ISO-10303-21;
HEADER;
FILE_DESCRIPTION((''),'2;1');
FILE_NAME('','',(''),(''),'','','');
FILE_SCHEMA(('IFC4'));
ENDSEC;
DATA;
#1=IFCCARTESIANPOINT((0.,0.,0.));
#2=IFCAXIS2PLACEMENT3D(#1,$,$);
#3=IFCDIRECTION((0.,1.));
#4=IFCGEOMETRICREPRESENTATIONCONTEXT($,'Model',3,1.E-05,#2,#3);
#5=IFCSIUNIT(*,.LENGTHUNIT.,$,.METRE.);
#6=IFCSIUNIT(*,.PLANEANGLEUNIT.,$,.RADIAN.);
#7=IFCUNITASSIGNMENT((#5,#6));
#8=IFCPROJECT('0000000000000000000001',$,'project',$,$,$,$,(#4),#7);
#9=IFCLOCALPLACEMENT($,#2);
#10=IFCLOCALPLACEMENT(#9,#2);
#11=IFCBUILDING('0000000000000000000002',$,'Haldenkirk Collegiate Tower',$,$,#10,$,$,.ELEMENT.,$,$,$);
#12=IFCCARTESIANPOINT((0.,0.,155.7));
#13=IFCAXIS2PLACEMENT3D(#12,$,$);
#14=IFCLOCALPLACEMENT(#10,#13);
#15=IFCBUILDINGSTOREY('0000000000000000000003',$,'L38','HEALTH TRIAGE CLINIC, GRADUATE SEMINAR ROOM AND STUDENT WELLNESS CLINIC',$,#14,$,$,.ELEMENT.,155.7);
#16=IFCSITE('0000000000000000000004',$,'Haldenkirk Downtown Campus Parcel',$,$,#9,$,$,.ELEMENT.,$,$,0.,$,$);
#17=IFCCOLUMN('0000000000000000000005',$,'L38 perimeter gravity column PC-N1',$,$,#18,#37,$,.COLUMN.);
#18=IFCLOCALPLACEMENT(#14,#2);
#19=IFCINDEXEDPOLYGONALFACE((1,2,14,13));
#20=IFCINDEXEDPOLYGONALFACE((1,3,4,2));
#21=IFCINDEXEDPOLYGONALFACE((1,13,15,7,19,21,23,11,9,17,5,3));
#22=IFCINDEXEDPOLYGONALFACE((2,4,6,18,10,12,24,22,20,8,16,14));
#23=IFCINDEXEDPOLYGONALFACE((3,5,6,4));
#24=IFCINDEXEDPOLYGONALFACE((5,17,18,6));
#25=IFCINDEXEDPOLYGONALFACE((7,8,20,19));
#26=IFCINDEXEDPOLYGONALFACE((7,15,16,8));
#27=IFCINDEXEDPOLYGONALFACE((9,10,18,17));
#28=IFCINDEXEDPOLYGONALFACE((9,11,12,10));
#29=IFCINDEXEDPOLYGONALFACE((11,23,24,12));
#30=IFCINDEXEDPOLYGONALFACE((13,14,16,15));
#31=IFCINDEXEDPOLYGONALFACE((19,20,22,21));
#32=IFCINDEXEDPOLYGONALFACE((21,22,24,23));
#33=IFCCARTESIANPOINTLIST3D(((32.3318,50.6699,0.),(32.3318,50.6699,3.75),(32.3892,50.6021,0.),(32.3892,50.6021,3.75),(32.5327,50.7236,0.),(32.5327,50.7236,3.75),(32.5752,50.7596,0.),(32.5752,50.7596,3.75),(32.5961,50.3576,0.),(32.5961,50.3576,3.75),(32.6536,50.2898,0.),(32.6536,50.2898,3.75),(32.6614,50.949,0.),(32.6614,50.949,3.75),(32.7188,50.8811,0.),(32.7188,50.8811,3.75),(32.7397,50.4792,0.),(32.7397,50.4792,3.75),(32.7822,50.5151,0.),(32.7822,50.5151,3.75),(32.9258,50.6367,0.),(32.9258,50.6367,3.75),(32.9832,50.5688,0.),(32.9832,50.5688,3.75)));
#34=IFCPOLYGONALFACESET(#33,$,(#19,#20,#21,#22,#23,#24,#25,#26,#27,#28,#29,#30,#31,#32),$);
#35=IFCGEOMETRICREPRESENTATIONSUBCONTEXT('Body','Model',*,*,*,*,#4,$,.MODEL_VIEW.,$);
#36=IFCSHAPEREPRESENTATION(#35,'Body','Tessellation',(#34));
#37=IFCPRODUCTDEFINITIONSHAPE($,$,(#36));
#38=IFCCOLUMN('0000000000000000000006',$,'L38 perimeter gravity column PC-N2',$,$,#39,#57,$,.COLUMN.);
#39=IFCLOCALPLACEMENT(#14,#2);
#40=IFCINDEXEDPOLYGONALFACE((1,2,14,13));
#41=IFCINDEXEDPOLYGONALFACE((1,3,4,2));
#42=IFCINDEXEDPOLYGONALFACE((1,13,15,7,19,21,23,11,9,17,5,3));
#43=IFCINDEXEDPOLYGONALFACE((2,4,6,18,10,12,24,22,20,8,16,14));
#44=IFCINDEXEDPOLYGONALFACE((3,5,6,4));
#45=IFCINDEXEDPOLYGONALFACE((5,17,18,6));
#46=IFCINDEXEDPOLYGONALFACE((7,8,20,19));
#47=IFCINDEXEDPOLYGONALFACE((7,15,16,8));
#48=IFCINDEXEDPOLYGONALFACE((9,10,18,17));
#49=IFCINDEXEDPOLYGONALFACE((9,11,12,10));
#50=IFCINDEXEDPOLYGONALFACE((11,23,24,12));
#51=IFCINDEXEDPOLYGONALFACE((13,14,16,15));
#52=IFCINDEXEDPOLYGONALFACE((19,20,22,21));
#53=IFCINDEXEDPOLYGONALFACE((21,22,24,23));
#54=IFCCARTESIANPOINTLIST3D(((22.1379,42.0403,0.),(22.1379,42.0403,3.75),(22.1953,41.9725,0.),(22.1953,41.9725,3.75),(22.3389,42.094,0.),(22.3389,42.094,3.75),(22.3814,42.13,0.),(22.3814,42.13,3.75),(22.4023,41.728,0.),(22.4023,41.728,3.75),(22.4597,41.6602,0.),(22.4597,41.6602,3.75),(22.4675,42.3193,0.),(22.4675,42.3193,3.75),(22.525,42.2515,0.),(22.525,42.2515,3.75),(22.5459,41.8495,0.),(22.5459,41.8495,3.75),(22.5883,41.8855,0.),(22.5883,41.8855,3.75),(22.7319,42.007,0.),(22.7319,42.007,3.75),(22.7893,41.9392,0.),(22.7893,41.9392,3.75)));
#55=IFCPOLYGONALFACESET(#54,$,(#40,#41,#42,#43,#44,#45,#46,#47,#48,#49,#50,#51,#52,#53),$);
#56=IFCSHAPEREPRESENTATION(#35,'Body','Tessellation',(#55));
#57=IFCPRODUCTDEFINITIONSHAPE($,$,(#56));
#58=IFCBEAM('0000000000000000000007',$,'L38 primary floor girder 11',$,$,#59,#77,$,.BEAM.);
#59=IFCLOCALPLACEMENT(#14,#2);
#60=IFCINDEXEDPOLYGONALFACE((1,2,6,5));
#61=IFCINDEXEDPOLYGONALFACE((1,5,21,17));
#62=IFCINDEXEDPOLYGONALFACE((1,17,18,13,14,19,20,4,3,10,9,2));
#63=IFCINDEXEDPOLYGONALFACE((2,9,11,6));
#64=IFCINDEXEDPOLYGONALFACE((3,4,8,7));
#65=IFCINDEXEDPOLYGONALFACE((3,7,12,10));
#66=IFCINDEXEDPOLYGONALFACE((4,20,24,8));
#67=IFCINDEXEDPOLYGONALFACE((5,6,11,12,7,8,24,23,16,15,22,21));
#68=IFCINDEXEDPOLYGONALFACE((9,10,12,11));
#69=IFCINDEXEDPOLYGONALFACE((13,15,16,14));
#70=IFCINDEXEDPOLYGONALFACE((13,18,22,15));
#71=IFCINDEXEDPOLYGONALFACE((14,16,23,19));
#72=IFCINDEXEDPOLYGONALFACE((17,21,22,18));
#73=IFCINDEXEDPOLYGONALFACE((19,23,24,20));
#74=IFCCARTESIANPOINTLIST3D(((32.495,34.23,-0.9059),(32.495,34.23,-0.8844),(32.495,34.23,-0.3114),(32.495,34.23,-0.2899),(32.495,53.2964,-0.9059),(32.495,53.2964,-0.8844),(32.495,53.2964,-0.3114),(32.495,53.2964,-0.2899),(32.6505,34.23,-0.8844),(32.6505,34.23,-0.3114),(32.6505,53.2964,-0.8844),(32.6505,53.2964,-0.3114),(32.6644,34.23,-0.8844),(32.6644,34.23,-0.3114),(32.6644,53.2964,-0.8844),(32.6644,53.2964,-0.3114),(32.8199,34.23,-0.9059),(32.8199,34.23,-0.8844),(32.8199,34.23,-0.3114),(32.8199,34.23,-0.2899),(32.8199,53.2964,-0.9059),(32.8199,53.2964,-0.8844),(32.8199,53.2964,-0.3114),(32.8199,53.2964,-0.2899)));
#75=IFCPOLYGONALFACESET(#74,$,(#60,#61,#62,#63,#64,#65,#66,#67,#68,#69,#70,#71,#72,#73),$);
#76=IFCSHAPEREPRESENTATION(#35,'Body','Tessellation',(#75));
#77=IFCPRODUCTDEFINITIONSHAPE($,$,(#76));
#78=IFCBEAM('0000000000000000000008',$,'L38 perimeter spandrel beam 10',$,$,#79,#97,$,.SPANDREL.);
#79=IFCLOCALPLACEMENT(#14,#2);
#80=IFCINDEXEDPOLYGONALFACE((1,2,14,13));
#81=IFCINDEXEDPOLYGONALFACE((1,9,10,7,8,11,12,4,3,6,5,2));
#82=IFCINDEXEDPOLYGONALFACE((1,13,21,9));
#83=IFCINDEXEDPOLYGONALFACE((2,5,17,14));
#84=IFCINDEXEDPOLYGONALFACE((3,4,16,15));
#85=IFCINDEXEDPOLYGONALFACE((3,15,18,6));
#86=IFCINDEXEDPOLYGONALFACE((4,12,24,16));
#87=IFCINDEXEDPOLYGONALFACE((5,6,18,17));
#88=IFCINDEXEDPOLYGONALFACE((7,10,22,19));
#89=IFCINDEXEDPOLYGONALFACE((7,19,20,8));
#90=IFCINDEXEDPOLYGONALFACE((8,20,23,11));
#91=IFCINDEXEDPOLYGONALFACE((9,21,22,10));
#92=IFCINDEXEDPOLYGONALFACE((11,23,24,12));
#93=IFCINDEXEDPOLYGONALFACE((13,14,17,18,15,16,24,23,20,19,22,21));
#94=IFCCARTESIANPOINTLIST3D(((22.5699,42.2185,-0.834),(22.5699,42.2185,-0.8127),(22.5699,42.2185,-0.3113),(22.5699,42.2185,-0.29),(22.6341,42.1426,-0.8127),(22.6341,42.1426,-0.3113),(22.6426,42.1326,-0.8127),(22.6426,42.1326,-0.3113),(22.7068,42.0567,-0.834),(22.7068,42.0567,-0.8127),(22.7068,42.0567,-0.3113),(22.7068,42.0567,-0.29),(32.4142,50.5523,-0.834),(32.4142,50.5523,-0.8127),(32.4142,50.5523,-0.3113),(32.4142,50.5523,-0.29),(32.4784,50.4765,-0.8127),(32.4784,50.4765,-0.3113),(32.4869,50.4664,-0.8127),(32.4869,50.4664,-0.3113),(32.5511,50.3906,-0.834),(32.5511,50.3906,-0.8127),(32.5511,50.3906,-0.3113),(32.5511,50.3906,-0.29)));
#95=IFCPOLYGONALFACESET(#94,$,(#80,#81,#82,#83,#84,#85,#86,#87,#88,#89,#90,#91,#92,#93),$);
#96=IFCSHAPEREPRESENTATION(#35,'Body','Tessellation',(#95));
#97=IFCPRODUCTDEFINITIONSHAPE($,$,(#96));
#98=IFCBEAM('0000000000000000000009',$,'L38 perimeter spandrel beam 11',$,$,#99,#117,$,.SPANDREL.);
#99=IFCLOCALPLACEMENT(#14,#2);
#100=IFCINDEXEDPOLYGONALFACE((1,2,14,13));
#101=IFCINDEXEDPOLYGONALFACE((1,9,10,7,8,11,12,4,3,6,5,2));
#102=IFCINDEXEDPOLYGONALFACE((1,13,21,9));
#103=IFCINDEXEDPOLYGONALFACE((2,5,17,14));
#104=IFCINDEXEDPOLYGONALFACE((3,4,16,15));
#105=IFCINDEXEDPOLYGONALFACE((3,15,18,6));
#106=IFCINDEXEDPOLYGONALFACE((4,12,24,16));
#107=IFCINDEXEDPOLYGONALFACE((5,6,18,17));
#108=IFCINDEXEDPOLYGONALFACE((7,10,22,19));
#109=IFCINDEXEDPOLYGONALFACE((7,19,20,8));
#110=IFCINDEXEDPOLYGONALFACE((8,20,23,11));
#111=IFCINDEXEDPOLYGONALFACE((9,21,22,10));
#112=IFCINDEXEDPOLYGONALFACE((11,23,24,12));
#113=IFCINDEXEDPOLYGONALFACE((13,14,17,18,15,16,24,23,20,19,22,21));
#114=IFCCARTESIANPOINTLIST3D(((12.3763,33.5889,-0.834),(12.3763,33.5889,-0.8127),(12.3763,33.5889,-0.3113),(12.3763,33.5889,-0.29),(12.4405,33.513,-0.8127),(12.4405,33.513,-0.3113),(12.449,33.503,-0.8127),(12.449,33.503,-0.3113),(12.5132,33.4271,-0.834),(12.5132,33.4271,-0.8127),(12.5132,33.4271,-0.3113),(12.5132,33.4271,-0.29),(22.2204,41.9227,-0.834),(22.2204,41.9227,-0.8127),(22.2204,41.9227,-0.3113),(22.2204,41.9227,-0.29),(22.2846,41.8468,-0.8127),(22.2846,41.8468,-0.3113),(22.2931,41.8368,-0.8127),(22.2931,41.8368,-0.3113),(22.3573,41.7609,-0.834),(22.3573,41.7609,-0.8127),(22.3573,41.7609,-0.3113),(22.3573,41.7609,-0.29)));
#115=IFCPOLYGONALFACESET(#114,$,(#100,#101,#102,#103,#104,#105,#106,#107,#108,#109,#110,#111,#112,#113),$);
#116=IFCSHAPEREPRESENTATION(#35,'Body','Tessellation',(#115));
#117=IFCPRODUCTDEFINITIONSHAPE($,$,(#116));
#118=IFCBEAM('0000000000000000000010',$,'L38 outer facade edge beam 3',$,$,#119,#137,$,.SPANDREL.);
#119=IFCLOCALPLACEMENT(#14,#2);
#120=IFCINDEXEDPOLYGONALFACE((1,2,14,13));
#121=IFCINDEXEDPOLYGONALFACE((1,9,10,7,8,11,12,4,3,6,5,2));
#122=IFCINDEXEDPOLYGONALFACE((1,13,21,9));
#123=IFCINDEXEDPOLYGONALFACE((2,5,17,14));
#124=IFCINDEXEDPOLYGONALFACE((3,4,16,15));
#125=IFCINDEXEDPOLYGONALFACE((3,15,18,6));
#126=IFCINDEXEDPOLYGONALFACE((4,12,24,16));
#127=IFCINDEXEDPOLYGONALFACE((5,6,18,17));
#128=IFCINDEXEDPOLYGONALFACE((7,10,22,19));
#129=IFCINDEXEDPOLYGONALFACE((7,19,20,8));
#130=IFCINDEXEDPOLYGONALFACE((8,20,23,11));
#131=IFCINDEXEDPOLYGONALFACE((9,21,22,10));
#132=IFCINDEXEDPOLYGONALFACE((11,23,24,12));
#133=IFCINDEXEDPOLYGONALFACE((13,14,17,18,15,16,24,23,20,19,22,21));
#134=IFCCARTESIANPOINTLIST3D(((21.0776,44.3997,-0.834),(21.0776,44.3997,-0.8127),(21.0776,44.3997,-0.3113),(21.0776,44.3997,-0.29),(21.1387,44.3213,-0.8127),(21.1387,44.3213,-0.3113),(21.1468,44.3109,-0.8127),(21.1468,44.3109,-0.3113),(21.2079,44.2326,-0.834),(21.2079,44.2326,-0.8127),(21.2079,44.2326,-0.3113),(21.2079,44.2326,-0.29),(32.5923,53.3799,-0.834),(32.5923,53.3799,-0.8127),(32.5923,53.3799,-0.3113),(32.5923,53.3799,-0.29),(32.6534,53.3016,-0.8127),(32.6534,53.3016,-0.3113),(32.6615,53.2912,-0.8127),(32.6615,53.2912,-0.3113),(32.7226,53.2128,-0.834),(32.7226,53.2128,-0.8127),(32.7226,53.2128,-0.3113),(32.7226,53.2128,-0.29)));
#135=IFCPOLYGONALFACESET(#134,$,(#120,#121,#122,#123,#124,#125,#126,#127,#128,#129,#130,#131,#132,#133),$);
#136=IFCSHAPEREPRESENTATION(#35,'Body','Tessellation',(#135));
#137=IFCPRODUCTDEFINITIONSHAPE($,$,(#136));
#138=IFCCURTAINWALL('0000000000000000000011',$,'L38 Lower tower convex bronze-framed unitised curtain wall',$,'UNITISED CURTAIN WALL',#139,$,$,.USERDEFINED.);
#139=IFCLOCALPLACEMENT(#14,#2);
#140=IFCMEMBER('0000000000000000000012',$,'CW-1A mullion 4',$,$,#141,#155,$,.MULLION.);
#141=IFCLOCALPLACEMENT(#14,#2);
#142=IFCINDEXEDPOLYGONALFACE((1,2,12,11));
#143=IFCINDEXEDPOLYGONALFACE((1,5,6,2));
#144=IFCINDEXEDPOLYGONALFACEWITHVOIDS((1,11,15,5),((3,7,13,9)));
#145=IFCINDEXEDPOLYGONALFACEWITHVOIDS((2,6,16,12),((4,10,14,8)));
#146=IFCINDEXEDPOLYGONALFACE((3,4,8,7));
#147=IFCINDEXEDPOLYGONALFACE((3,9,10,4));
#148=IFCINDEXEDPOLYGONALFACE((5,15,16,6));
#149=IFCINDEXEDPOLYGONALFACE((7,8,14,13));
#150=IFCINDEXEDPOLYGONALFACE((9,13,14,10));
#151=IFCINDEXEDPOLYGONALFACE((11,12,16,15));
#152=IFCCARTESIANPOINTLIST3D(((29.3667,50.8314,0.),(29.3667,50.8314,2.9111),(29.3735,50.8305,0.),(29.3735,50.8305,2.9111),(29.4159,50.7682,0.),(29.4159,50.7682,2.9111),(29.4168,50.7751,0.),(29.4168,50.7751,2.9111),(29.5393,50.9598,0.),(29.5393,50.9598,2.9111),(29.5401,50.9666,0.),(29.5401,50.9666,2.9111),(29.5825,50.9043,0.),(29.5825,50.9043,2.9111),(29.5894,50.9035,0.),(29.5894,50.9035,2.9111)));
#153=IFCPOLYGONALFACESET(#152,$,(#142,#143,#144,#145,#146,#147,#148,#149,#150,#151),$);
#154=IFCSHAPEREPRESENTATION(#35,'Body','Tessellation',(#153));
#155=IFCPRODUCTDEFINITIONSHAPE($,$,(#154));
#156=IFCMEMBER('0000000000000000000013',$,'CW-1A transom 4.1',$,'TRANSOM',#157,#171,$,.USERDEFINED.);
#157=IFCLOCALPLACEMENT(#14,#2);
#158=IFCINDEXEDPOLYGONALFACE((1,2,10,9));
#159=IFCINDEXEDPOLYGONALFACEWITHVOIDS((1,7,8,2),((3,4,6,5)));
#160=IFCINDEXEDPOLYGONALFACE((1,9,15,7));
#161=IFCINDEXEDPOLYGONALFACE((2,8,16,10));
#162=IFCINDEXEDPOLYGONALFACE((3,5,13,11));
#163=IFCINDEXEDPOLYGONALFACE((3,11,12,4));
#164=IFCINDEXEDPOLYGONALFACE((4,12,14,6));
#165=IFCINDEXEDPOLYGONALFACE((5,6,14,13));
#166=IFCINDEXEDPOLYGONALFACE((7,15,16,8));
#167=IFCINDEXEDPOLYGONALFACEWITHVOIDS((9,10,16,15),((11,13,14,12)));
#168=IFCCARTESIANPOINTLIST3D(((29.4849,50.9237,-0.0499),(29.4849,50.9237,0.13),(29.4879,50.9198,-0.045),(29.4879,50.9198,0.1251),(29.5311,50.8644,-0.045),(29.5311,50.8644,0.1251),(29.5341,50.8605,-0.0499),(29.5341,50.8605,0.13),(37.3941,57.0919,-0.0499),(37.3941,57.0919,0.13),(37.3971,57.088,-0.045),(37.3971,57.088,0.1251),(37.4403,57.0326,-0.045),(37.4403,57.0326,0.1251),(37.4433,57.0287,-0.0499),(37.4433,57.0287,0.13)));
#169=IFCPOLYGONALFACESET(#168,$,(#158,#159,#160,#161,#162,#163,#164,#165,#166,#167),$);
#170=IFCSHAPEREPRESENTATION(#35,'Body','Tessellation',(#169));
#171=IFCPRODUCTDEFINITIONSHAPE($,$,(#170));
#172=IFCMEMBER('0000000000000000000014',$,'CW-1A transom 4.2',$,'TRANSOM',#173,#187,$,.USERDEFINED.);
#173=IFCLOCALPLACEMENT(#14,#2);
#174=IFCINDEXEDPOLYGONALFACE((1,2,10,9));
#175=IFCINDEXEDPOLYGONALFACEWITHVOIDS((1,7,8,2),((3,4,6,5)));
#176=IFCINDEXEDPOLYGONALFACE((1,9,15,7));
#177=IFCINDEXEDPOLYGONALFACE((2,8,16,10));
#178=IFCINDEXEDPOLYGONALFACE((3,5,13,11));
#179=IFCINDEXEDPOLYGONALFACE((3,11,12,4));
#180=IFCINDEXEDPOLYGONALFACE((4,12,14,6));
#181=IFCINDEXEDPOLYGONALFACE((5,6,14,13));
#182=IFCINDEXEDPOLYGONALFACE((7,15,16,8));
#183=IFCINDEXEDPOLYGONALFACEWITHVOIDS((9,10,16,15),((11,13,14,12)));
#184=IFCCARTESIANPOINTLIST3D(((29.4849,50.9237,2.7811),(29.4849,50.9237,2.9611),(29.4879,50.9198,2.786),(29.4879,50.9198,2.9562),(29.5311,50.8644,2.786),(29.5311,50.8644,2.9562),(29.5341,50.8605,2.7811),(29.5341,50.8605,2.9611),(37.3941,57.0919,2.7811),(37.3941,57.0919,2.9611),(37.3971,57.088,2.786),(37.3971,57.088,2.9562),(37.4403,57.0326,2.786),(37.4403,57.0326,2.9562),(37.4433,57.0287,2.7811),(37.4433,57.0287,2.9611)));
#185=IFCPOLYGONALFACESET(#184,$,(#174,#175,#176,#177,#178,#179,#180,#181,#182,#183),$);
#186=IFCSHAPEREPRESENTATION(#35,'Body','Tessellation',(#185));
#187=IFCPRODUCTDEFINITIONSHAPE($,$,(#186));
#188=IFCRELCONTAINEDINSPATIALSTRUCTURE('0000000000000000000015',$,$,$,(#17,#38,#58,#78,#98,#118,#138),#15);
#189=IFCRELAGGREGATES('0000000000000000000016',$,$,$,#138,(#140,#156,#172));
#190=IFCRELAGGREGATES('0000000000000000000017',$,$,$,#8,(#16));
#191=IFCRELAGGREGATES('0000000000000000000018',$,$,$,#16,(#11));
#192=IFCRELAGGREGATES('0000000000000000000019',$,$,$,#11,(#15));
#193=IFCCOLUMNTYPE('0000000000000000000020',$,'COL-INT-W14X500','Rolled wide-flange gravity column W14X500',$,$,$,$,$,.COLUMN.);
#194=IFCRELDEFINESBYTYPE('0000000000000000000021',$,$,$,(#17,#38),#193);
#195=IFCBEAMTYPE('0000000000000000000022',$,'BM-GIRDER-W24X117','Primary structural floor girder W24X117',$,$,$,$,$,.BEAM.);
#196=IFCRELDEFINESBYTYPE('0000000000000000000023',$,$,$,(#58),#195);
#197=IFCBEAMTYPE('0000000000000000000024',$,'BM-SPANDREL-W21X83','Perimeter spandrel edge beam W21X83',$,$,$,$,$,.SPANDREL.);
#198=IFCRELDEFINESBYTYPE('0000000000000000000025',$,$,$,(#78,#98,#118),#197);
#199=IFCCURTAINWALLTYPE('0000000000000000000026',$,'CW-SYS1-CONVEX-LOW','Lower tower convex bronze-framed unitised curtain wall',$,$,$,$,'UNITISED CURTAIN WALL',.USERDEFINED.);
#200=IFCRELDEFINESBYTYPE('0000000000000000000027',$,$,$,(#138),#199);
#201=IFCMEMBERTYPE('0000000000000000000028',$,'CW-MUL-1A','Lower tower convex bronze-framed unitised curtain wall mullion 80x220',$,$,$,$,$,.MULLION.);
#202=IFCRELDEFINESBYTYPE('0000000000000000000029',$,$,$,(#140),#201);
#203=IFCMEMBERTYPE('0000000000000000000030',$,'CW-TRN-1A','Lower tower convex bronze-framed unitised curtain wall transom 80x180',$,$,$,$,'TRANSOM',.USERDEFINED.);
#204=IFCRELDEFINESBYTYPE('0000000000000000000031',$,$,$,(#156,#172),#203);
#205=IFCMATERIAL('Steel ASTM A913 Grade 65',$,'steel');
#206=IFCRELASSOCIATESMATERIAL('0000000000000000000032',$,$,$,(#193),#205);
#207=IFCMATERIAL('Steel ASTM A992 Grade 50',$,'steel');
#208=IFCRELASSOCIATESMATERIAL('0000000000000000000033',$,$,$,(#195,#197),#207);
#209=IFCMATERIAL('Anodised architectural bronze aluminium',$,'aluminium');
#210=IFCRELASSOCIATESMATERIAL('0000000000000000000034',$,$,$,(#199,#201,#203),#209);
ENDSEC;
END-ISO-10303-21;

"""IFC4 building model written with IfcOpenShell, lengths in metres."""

from ifc_helpers import new_model, si_unit, direction, frame, origin, origin_2d, place, context, subcontext, project, spatial, hollow_rectangle, i_section, extrude, material, material_profile, profile_set, type_object, element, aggregate, save


model = new_model("IFC4")

# Units and contexts
model_context = context("Model", 3, precision=1e-05, world=origin(), true_north=direction((0.0, 1.0)))
body_context = subcontext(model_context, "Body", "Model", "MODEL_VIEW")
ifc_project = project(units=[si_unit("LENGTHUNIT", "METRE"), si_unit("PLANEANGLEUNIT", "RADIAN")], contexts=[model_context])

# Site, building, storey
site_placement = place(None, origin())
site = spatial("IfcSite", under=ifc_project, at=site_placement, Name="Haldenkirk Downtown Campus Parcel", CompositionType="ELEMENT", RefElevation=0.0)
building_placement = place(site_placement, origin())
building = spatial("IfcBuilding", under=site, at=building_placement, Name="Haldenkirk Collegiate Tower", CompositionType="ELEMENT")
storey_placement = place(building_placement, frame((0.0, 0.0, 155.7)))
storey = spatial("IfcBuildingStorey", under=building, at=storey_placement, Name="L38", Description="HEALTH TRIAGE CLINIC, GRADUATE SEMINAR ROOM AND STUDENT WELLNESS CLINIC", CompositionType="ELEMENT", Elevation=155.7)

# Columns
ifc_material_1 = material(Name="Steel ASTM A913 Grade 65", Category="steel")
ifc_material_profile_1 = material_profile(ifc_material_1, i_section(OverallWidth=0.4319, OverallDepth=0.498, WebThickness=0.0557, FlangeThickness=0.0889, at=origin_2d()), Name="W14X500")
ifc_profile_set_1 = profile_set([ifc_material_profile_1], Name="Steel ASTM A913 Grade 65")
column_type = type_object("IfcColumnType", Name="COL-INT-W14X500", Description="Rolled wide-flange gravity column W14X500", PredefinedType="COLUMN", material=ifc_profile_set_1)
for number, where, z_axis, x_axis, name in (
    (1, (32.6575, 50.6194, 0.0), (0.0, 0.0, 1.0), (0.763232, 0.646124, 0.0), "L38 perimeter gravity column PC-N1"),
    (2, (22.4636, 41.9897, 0.0), (0.0, 0.0, 1.0), (0.763232, 0.646124, 0.0), "L38 perimeter gravity column PC-N2"),
):
    element("IfcColumn", number, at=place(storey_placement, frame(where, z_axis=z_axis, x_axis=x_axis)), inside=storey, type_object=column_type, Name=name, PredefinedType="COLUMN", context=body_context, shape_type="SweptSolid", body=[
        extrude(i_section(OverallWidth=0.4319, OverallDepth=0.498, WebThickness=0.0557, FlangeThickness=0.0889, at=origin_2d()), origin(), (0.0, 0.0, 1.0), 3.75),
    ])

# Beams
ifc_material_2 = material(Name="Steel ASTM A992 Grade 50", Category="steel")
ifc_material_profile_2 = material_profile(ifc_material_2, i_section(OverallWidth=0.325, OverallDepth=0.616, WebThickness=0.0139, FlangeThickness=0.0215, at=origin_2d()), Name="W24X117")
ifc_profile_set_2 = profile_set([ifc_material_profile_2], Name="Steel ASTM A992 Grade 50")
beam_type_1 = type_object("IfcBeamType", Name="BM-GIRDER-W24X117", Description="Primary structural floor girder W24X117", PredefinedType="BEAM", material=ifc_profile_set_2)
beam_1_placement = place(storey_placement, frame((32.6575, 53.2964, -0.5979), z_axis=(0.0, -1.0, 0.0), x_axis=(1.0, 0.0, 0.0)))
element("IfcBeam", 3, at=beam_1_placement, inside=storey, type_object=beam_type_1, Name="L38 primary floor girder 11", PredefinedType="BEAM", context=body_context, shape_type="SweptSolid", body=[
    extrude(i_section(OverallWidth=0.325, OverallDepth=0.616, WebThickness=0.0139, FlangeThickness=0.0215, at=origin_2d()), origin(), (0.0, 0.0, 1.0), 19.0664),
])
ifc_material_profile_3 = material_profile(ifc_material_2, i_section(OverallWidth=0.2119, OverallDepth=0.5439, WebThickness=0.0132, FlangeThickness=0.0212, at=origin_2d()), Name="W21X83")
ifc_profile_set_3 = profile_set([ifc_material_profile_3], Name="Steel ASTM A992 Grade 50")
beam_type_2 = type_object("IfcBeamType", Name="BM-SPANDREL-W21X83", Description="Perimeter spandrel edge beam W21X83", PredefinedType="SPANDREL", material=ifc_profile_set_3)
beam_2_placement = place(storey_placement, frame((32.4827, 50.4714, -0.562), z_axis=(-0.763233, -0.646123, 0.0), x_axis=(0.646123, -0.763233, 0.0)))
element("IfcBeam", 4, at=beam_2_placement, inside=storey, type_object=beam_type_2, Name="L38 perimeter spandrel beam 10", PredefinedType="SPANDREL", context=body_context, shape_type="SweptSolid", body=[
    extrude(i_section(OverallWidth=0.2119, OverallDepth=0.5439, WebThickness=0.0132, FlangeThickness=0.0212, at=origin_2d()), origin(), (0.0, 0.0, 1.0), 12.8982),
])
beam_3_placement = place(storey_placement, frame((22.2888, 41.8418, -0.562), z_axis=(-0.763225, -0.646132, 0.0), x_axis=(0.646132, -0.763225, 0.0)))
element("IfcBeam", 5, at=beam_3_placement, inside=storey, type_object=beam_type_2, Name="L38 perimeter spandrel beam 11", PredefinedType="SPANDREL", context=body_context, shape_type="SweptSolid", body=[
    extrude(i_section(OverallWidth=0.2119, OverallDepth=0.5439, WebThickness=0.0132, FlangeThickness=0.0212, at=origin_2d()), origin(), (0.0, 0.0, 1.0), 12.8979),
])
beam_4_placement = place(storey_placement, frame((32.6575, 53.2964, -0.562), z_axis=(-0.788542, -0.614981, 0.0), x_axis=(0.614981, -0.788542, 0.0)))
element("IfcBeam", 6, at=beam_4_placement, inside=storey, type_object=beam_type_2, Name="L38 outer facade edge beam 3", PredefinedType="SPANDREL", context=body_context, shape_type="SweptSolid", body=[
    extrude(i_section(OverallWidth=0.2119, OverallDepth=0.5439, WebThickness=0.0132, FlangeThickness=0.0212, at=origin_2d()), origin(), (0.0, 0.0, 1.0), 14.6025),
])

# Curtain wall, members
ifc_material_3 = material(Name="Anodised architectural bronze aluminium", Category="aluminium")
curtain_wall_type = type_object("IfcCurtainWallType", Name="CW-SYS1-CONVEX-LOW", Description="Lower tower convex bronze-framed unitised curtain wall", ElementType="UNITISED CURTAIN WALL", PredefinedType="USERDEFINED", material=ifc_material_3)
curtain_wall_placement = place(storey_placement, origin())
curtain_wall = element("IfcCurtainWall", 7, at=curtain_wall_placement, inside=storey, type_object=curtain_wall_type, Name="L38 Lower tower convex bronze-framed unitised curtain wall", ObjectType="UNITISED CURTAIN WALL", PredefinedType="USERDEFINED")
ifc_material_profile_4 = material_profile(ifc_material_3, hollow_rectangle(XDim=0.0801, YDim=0.22, WallThickness=0.0049, at=origin_2d()), Name="CW-MUL-1A")
ifc_profile_set_4 = profile_set([ifc_material_profile_4], Name="Anodised architectural bronze aluminium")
member_type_1 = type_object("IfcMemberType", Name="CW-MUL-1A", Description="Lower tower convex bronze-framed unitised curtain wall mullion 80x220", PredefinedType="MULLION", material=ifc_profile_set_4)
member_1_placement = place(storey_placement, frame((29.478, 50.8674, 0.0), z_axis=(0.0, 0.0, 1.0), x_axis=(-0.614974, 0.788548, 0.0)))
member_1 = element("IfcMember", 8, at=member_1_placement, type_object=member_type_1, Name="CW-1A mullion 4", PredefinedType="MULLION", context=body_context, shape_type="SweptSolid", body=[
    extrude(hollow_rectangle(XDim=0.0801, YDim=0.22, WallThickness=0.0049, at=origin_2d()), origin(), (0.0, 0.0, 1.0), 2.9111),
])
ifc_material_profile_5 = material_profile(ifc_material_3, hollow_rectangle(XDim=0.0801, YDim=0.1799, WallThickness=0.0049, at=origin_2d()), Name="CW-TRN-1A")
ifc_profile_set_5 = profile_set([ifc_material_profile_5], Name="Anodised architectural bronze aluminium")
member_type_2 = type_object("IfcMemberType", Name="CW-TRN-1A", Description="Lower tower convex bronze-framed unitised curtain wall transom 80x180", ElementType="TRANSOM", PredefinedType="USERDEFINED", material=ifc_profile_set_5)
member_2_placement = place(storey_placement, frame((29.5095, 50.8921, 0.04), z_axis=(0.788548, 0.614973, 0.0), x_axis=(-0.614973, 0.788548, 0.0)))
member_2 = element("IfcMember", 9, at=member_2_placement, type_object=member_type_2, Name="CW-1A transom 4.1", ObjectType="TRANSOM", PredefinedType="USERDEFINED", context=body_context, shape_type="SweptSolid", body=[
    extrude(hollow_rectangle(XDim=0.0801, YDim=0.1799, WallThickness=0.0049, at=origin_2d()), origin(), (0.0, 0.0, 1.0), 10.03),
])
member_3_placement = place(storey_placement, frame((29.5095, 50.8921, 2.8711), z_axis=(0.788548, 0.614973, 0.0), x_axis=(-0.614973, 0.788548, 0.0)))
member_3 = element("IfcMember", 10, at=member_3_placement, type_object=member_type_2, Name="CW-1A transom 4.2", ObjectType="TRANSOM", PredefinedType="USERDEFINED", context=body_context, shape_type="SweptSolid", body=[
    extrude(hollow_rectangle(XDim=0.0801, YDim=0.1799, WallThickness=0.0049, at=origin_2d()), origin(), (0.0, 0.0, 1.0), 10.03),
])

aggregate(curtain_wall, [member_1, member_2, member_3])

save(model, "model.ifc")
